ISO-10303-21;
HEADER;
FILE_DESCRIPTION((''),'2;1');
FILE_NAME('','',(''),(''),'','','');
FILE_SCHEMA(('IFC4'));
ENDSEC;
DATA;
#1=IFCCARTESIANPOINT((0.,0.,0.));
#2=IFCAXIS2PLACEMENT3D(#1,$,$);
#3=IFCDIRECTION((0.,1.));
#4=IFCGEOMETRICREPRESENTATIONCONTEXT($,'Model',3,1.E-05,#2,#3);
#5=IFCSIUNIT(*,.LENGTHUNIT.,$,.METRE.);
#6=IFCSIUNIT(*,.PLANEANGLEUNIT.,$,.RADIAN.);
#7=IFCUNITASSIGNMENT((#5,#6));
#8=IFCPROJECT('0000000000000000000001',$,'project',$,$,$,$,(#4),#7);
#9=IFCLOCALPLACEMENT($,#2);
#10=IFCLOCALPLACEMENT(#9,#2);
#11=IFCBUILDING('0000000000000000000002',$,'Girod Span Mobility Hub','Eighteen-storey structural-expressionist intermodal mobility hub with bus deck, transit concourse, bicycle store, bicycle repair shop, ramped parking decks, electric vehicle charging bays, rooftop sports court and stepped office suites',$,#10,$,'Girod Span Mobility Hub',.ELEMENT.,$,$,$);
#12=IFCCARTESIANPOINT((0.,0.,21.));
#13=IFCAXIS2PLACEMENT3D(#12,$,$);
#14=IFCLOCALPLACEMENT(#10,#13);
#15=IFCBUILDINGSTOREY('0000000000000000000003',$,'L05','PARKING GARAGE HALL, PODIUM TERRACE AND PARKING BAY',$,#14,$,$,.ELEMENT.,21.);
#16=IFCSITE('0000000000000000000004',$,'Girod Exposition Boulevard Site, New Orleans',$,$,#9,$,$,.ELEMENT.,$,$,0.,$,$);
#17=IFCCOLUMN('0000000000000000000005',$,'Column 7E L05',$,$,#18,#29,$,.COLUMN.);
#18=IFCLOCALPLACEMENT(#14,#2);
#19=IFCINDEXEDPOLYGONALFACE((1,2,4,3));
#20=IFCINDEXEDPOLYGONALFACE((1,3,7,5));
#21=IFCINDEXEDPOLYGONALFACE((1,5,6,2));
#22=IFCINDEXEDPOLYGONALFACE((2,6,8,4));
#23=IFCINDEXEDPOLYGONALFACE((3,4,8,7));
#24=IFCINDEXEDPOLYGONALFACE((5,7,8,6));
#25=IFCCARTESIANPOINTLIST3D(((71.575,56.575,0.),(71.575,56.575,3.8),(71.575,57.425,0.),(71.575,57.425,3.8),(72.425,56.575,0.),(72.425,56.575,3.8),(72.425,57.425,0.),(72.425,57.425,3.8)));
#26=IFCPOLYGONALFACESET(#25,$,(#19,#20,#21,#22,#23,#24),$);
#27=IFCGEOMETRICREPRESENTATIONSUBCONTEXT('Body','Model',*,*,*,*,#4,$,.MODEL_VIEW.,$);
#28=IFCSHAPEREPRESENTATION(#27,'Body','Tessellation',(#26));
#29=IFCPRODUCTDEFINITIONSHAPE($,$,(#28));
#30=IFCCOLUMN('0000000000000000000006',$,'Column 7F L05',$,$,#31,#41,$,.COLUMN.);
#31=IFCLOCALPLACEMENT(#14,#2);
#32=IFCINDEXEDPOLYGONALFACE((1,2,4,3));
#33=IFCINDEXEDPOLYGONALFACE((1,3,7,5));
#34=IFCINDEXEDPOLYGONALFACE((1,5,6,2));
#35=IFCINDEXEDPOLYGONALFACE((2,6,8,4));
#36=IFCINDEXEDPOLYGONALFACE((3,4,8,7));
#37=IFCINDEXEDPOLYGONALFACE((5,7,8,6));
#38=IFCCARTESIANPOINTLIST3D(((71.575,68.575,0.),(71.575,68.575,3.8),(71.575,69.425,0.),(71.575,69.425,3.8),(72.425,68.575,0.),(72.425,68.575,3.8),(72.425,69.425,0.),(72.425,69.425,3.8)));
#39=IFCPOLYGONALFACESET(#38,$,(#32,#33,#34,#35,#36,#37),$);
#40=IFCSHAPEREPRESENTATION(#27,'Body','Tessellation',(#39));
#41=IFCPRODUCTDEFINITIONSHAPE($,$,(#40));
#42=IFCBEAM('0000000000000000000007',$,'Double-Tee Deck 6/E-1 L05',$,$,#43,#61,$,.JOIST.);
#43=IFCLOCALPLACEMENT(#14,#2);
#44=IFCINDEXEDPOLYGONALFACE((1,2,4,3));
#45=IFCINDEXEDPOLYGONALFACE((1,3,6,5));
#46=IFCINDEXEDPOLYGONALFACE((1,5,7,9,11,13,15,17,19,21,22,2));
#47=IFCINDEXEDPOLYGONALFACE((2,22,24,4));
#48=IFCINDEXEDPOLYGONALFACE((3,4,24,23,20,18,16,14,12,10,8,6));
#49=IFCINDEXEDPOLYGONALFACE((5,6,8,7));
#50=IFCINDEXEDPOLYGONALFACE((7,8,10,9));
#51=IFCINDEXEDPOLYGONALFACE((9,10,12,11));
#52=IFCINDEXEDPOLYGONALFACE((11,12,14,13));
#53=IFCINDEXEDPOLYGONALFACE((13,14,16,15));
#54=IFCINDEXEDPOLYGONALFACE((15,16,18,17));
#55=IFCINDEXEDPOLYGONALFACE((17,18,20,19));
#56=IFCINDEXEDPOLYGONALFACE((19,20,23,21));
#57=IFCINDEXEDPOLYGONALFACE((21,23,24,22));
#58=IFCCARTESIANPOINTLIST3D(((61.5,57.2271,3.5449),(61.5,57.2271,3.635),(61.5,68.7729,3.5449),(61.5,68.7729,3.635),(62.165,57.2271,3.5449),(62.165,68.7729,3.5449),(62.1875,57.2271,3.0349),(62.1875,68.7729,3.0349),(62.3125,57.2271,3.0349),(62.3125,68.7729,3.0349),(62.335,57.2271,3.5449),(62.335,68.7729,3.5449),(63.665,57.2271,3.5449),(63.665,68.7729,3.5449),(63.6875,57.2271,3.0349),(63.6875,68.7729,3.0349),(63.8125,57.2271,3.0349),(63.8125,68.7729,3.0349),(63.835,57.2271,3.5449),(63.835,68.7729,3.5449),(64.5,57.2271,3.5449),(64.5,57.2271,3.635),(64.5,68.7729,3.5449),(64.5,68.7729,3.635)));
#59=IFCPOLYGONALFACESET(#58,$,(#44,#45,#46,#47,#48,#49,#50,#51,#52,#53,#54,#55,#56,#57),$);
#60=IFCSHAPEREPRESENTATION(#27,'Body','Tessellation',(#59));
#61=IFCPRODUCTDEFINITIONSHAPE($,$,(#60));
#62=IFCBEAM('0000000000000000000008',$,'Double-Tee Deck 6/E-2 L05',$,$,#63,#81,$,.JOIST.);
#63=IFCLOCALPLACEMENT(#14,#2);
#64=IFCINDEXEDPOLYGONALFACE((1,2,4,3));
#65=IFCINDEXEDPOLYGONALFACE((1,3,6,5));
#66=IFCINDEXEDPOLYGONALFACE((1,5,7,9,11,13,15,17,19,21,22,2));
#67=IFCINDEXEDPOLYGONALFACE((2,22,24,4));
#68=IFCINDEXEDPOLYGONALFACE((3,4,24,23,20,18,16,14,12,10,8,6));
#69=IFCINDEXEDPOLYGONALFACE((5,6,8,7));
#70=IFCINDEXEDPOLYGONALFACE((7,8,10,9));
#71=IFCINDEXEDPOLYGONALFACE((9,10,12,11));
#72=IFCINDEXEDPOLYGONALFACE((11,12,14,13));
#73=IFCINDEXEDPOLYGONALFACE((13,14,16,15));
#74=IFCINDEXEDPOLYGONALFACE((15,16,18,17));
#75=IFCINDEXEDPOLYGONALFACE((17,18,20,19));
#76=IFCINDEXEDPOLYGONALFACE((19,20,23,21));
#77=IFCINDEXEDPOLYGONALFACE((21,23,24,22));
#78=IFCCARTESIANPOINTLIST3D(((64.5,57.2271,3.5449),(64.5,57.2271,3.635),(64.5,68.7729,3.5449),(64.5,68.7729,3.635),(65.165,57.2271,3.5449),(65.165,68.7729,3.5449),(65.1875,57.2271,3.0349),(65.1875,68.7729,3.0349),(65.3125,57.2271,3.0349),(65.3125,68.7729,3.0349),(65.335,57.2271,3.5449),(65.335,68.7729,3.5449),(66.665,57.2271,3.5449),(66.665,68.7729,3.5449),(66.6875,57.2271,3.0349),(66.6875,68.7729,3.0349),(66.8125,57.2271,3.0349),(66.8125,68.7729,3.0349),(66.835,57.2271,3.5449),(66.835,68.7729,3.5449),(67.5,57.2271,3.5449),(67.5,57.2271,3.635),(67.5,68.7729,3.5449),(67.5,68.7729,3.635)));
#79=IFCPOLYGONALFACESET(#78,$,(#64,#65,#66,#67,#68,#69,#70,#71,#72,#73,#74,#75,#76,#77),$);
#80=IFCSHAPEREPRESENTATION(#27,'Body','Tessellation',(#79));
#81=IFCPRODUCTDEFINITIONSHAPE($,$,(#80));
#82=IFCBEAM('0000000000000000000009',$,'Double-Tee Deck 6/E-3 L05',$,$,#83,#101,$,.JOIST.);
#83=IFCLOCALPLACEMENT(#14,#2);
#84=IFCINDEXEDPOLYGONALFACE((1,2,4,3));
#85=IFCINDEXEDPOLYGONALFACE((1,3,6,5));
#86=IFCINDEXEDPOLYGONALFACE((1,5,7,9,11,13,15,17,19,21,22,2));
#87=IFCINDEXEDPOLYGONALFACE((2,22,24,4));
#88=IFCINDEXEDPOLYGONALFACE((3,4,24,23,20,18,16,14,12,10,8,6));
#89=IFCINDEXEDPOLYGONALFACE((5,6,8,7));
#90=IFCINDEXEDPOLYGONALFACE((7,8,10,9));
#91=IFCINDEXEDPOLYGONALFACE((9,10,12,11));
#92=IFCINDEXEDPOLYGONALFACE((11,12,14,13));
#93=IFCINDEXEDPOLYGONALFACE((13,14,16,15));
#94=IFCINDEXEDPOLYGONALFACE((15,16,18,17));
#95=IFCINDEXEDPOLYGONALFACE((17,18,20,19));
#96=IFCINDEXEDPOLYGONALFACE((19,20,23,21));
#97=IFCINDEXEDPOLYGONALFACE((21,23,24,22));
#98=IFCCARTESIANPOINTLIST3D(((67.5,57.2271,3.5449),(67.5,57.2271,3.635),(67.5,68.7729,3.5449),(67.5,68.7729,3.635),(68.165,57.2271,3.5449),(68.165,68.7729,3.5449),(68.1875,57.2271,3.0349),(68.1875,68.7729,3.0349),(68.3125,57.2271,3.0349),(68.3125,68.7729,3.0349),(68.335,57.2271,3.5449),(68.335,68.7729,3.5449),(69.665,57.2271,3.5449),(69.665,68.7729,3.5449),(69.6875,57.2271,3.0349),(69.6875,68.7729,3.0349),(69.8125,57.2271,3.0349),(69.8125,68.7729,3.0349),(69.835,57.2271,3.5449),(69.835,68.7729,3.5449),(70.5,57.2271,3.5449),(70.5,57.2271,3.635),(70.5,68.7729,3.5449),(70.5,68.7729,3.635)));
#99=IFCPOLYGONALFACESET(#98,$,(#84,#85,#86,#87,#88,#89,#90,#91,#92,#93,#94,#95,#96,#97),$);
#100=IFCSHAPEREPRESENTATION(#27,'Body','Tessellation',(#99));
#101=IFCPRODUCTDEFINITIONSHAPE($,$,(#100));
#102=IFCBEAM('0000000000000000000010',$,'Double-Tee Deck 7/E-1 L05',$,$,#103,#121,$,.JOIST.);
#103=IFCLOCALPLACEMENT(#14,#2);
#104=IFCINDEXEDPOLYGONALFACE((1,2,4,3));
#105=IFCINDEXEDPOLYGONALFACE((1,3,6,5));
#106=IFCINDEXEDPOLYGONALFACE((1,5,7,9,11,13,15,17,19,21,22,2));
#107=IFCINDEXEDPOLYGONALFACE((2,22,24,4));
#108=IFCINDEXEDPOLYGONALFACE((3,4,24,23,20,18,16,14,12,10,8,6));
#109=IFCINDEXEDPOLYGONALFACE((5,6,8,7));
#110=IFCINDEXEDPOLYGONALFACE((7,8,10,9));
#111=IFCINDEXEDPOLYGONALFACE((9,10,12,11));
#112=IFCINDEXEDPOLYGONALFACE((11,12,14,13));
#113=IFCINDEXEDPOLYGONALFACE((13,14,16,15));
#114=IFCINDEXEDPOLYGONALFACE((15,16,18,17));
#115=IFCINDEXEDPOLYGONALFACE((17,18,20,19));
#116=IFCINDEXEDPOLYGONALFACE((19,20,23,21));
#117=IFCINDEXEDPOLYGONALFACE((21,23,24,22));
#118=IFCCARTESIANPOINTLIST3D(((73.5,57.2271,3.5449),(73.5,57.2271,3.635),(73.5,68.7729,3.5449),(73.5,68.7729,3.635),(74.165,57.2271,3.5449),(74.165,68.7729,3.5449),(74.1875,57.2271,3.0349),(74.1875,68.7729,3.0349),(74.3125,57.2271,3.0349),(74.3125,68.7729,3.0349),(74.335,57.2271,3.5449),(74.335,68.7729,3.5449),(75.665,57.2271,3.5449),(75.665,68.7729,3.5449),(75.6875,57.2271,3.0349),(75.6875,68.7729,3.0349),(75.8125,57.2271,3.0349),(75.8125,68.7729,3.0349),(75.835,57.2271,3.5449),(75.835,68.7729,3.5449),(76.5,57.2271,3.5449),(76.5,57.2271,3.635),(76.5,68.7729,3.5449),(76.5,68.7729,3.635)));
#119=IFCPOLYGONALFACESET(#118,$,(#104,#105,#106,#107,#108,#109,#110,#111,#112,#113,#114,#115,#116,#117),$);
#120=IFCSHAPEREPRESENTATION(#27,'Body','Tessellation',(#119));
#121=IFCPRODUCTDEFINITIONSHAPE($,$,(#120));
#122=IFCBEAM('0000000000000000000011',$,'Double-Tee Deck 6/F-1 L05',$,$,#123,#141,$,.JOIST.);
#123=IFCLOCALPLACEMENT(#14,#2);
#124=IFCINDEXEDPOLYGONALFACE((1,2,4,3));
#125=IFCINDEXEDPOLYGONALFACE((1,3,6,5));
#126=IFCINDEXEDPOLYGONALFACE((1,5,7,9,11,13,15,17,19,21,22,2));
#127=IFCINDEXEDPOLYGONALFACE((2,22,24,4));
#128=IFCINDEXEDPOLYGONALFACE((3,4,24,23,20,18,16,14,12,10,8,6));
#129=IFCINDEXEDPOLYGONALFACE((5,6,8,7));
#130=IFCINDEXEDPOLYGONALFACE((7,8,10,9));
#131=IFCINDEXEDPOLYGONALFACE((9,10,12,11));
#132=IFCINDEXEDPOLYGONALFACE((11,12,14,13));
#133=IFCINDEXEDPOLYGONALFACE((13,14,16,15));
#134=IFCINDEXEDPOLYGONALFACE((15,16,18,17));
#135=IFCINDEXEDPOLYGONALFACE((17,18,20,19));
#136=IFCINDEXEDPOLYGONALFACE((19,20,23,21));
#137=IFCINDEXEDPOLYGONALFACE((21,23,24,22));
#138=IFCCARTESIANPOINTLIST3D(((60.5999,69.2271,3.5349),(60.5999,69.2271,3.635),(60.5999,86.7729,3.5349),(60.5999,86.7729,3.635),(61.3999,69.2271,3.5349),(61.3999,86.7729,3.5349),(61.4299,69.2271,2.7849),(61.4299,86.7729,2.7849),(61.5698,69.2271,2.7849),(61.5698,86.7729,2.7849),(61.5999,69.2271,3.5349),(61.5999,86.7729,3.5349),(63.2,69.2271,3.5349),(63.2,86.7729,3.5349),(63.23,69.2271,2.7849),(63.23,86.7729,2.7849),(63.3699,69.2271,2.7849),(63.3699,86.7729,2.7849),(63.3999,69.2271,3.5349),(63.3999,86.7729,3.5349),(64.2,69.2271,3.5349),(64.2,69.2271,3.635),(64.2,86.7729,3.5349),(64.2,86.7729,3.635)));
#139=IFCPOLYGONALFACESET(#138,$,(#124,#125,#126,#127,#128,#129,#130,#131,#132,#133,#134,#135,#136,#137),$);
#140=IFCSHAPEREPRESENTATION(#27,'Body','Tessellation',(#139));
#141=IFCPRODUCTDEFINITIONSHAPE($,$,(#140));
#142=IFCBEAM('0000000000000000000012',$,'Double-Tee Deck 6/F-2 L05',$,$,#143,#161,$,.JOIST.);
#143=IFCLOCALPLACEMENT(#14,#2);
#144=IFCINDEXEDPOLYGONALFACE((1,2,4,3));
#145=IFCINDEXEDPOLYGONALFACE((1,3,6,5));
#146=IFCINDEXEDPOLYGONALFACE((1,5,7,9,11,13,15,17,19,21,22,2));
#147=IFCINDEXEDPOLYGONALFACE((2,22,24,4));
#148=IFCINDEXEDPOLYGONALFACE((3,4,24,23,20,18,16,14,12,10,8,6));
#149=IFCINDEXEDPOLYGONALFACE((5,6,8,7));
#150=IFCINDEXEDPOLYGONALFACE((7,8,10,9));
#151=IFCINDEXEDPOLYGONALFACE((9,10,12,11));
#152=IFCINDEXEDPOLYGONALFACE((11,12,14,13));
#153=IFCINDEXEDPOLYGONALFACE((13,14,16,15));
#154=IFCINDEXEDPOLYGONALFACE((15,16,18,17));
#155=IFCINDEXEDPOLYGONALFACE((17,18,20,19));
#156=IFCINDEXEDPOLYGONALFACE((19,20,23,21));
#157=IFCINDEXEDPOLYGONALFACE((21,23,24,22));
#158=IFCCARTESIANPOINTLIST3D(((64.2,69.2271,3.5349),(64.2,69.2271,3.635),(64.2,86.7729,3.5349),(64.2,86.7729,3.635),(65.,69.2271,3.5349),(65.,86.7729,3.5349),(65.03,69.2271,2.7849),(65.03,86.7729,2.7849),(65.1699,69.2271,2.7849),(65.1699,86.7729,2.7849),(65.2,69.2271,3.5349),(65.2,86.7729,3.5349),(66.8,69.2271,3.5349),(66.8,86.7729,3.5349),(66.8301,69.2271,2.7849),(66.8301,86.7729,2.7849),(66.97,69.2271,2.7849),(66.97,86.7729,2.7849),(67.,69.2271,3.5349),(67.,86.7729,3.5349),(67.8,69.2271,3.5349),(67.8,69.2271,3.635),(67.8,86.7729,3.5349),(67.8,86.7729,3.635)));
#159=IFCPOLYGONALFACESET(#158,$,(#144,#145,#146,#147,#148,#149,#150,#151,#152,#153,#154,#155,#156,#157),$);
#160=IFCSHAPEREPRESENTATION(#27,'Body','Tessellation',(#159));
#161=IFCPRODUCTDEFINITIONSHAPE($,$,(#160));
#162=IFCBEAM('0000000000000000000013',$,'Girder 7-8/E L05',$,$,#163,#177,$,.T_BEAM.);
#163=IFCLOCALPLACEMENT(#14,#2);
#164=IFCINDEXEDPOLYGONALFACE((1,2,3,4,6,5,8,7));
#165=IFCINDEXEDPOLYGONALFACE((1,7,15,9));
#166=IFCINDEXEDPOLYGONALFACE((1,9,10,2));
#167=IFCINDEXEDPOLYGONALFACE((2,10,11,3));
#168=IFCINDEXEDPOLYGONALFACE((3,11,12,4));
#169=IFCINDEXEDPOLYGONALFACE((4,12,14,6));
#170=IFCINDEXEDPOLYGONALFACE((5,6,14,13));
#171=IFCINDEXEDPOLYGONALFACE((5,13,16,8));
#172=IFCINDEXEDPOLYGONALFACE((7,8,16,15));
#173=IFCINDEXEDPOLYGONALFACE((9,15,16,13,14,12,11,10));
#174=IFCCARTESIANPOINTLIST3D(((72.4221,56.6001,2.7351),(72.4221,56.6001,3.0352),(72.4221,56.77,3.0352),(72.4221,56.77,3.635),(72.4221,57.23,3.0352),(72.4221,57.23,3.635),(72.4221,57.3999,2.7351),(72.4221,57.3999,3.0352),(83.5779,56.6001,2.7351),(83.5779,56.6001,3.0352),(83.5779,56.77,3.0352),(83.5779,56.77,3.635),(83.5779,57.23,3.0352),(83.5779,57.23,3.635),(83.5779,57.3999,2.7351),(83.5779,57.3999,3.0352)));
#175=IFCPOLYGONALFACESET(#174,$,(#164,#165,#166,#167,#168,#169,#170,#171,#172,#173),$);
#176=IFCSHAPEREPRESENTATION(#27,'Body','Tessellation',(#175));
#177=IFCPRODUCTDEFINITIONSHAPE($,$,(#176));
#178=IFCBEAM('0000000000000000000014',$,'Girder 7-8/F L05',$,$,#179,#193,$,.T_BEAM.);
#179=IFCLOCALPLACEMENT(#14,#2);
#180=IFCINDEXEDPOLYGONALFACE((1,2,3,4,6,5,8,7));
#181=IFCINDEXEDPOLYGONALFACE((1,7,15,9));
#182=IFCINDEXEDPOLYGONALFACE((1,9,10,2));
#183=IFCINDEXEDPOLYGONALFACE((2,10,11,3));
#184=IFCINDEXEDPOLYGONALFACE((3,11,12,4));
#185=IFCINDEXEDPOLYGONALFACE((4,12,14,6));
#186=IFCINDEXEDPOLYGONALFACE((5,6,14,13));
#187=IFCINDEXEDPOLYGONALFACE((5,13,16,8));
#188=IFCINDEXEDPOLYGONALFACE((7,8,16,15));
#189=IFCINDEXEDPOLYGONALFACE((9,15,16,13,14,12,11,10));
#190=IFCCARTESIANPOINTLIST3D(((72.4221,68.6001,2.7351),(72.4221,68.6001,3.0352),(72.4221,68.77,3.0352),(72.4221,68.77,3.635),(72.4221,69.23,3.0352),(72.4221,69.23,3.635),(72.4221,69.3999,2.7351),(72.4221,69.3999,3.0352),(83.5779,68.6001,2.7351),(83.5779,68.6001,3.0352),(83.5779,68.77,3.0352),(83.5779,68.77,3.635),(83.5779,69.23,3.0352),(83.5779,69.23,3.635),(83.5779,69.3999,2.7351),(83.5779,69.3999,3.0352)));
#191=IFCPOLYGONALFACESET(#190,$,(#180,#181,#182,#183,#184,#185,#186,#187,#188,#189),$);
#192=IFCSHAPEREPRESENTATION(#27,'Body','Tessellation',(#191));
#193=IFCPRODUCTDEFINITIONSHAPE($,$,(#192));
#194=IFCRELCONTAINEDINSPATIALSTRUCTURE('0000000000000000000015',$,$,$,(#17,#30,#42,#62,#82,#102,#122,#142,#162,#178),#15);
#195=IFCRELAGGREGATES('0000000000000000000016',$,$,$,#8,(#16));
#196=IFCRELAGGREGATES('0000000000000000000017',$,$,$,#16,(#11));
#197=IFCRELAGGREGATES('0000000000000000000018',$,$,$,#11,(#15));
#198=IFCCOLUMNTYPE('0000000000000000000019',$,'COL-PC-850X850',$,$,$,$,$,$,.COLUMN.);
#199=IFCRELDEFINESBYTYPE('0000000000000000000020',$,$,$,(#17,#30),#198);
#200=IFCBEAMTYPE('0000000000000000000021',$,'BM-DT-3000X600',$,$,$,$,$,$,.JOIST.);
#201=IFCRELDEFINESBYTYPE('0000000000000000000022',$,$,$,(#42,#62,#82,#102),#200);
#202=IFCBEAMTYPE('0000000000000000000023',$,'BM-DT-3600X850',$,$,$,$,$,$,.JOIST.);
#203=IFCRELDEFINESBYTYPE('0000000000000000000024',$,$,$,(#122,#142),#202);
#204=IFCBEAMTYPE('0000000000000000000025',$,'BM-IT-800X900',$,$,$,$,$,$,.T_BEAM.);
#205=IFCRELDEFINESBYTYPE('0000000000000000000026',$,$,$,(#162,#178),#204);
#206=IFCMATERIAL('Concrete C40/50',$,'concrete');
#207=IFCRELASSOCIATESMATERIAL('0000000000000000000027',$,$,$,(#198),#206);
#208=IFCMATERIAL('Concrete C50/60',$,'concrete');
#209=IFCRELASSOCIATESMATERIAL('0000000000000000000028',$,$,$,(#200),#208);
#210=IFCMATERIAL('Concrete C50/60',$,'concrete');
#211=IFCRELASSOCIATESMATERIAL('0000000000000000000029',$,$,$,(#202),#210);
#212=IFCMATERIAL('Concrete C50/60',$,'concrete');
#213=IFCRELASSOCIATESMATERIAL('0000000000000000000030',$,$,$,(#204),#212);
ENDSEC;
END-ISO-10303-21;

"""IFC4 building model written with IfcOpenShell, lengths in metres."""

from ifc_helpers import new_model, si_unit, direction, frame, origin, origin_2d, place, context, subcontext, project, spatial, polyline, rectangle, outline, extrude, material, material_profile, profile_set, type_object, element, save


model = new_model("IFC4")

# Units and contexts
model_context = context("Model", 3, precision=1e-05, world=origin(), true_north=direction((0.0, 1.0)))
body_context = subcontext(model_context, "Body", "Model", "MODEL_VIEW")
ifc_project = project(units=[si_unit("LENGTHUNIT", "METRE"), si_unit("PLANEANGLEUNIT", "RADIAN")], contexts=[model_context])

# Site, building, storey
site_placement = place(None, origin())
site = spatial("IfcSite", under=ifc_project, at=site_placement, Name="Girod Exposition Boulevard Site, New Orleans", CompositionType="ELEMENT", RefElevation=0.0)
building_placement = place(site_placement, origin())
building = spatial("IfcBuilding", under=site, at=building_placement, Name="Girod Span Mobility Hub", Description="Eighteen-storey structural-expressionist intermodal mobility hub with bus deck, transit concourse, bicycle store, bicycle repair shop, ramped parking decks, electric vehicle charging bays, rooftop sports court and stepped office suites", LongName="Girod Span Mobility Hub", CompositionType="ELEMENT")
storey_placement = place(building_placement, frame((0.0, 0.0, 21.0)))
storey = spatial("IfcBuildingStorey", under=building, at=storey_placement, Name="L05", Description="PARKING GARAGE HALL, PODIUM TERRACE AND PARKING BAY", CompositionType="ELEMENT", Elevation=21.0)

# Columns
ifc_material_1 = material(Name="Concrete C40/50", Category="concrete")
ifc_material_profile_1 = material_profile(ifc_material_1, rectangle(XDim=0.8501, YDim=0.8501, at=origin_2d()), Name="PC-COL-850X850")
ifc_profile_set_1 = profile_set([ifc_material_profile_1], Name="Concrete C40/50")
column_type = type_object("IfcColumnType", Name="COL-PC-850X850", PredefinedType="COLUMN", material=ifc_profile_set_1)
for number, where, z_axis, x_axis, name in (
    (1, (72.0, 57.0, 0.0), (0.0, 0.0, 1.0), (1.0, 0.0, 0.0), "Column 7E L05"),
    (2, (72.0, 69.0, 0.0), (0.0, 0.0, 1.0), (1.0, 0.0, 0.0), "Column 7F L05"),
):
    element("IfcColumn", number, at=place(storey_placement, frame(where, z_axis=z_axis, x_axis=x_axis)), inside=storey, type_object=column_type, Name=name, PredefinedType="COLUMN", context=body_context, shape_type="SweptSolid", body=[
        extrude(rectangle(XDim=0.8501, YDim=0.8501, at=origin_2d()), origin(), (0.0, 0.0, 1.0), 3.8),
    ])

# Beams
ifc_material_2 = material(Name="Concrete C50/60", Category="concrete")
ifc_material_profile_2 = material_profile(ifc_material_2, outline(polyline([(-1.5, 0.3), (-1.5, 0.21), (-0.835, 0.21), (-0.8125, -0.3), (-0.6875, -0.3), (-0.665, 0.21), (0.665, 0.21), (0.6875, -0.3), (0.8125, -0.3), (0.835, 0.21), (1.5, 0.21), (1.5, 0.3), (-1.5, 0.3)])), Name="DT-3000X600")
ifc_profile_set_2 = profile_set([ifc_material_profile_2], Name="Concrete C50/60")
beam_type_1 = type_object("IfcBeamType", Name="BM-DT-3000X600", PredefinedType="JOIST", material=ifc_profile_set_2)
for number, where, z_axis, x_axis, name in (
    (3, (63.0, 57.2271, 3.335), (0.0, 1.0, 0.0), (-1.0, 0.0, 0.0), "Double-Tee Deck 6/E-1 L05"),
    (4, (66.0, 57.2271, 3.335), (0.0, 1.0, 0.0), (-1.0, 0.0, 0.0), "Double-Tee Deck 6/E-2 L05"),
    (5, (69.0, 57.2271, 3.335), (0.0, 1.0, 0.0), (-1.0, 0.0, 0.0), "Double-Tee Deck 6/E-3 L05"),
    (6, (75.0, 57.2271, 3.335), (0.0, 1.0, 0.0), (-1.0, 0.0, 0.0), "Double-Tee Deck 7/E-1 L05"),
):
    element("IfcBeam", number, at=place(storey_placement, frame(where, z_axis=z_axis, x_axis=x_axis)), inside=storey, type_object=beam_type_1, Name=name, PredefinedType="JOIST", context=body_context, shape_type="SweptSolid", body=[
        extrude(outline(polyline([(-1.5, 0.3), (-1.5, 0.21), (-0.835, 0.21), (-0.8125, -0.3), (-0.6875, -0.3), (-0.665, 0.21), (0.665, 0.21), (0.6875, -0.3), (0.8125, -0.3), (0.835, 0.21), (1.5, 0.21), (1.5, 0.3), (-1.5, 0.3)])), origin(), (0.0, 0.0, 1.0), 11.5459),
    ])
ifc_material_3 = material(Name="Concrete C50/60", Category="concrete")
ifc_material_profile_3 = material_profile(ifc_material_3, outline(polyline([(-1.8, 0.425), (-1.8, 0.325), (-1.0, 0.325), (-0.97, -0.425), (-0.8301, -0.425), (-0.8, 0.325), (0.8, 0.325), (0.8301, -0.425), (0.97, -0.425), (1.0, 0.325), (1.8, 0.325), (1.8, 0.425), (-1.8, 0.425)])), Name="DT-3600X850")
ifc_profile_set_3 = profile_set([ifc_material_profile_3], Name="Concrete C50/60")
beam_type_2 = type_object("IfcBeamType", Name="BM-DT-3600X850", PredefinedType="JOIST", material=ifc_profile_set_3)
for number, where, z_axis, x_axis, name in (
    (7, (62.3999, 69.2271, 3.21), (0.0, 1.0, 0.0), (-1.0, 0.0, 0.0), "Double-Tee Deck 6/F-1 L05"),
    (8, (66.0, 69.2271, 3.21), (0.0, 1.0, 0.0), (-1.0, 0.0, 0.0), "Double-Tee Deck 6/F-2 L05"),
):
    element("IfcBeam", number, at=place(storey_placement, frame(where, z_axis=z_axis, x_axis=x_axis)), inside=storey, type_object=beam_type_2, Name=name, PredefinedType="JOIST", context=body_context, shape_type="SweptSolid", body=[
        extrude(outline(polyline([(-1.8, 0.425), (-1.8, 0.325), (-1.0, 0.325), (-0.97, -0.425), (-0.8301, -0.425), (-0.8, 0.325), (0.8, 0.325), (0.8301, -0.425), (0.97, -0.425), (1.0, 0.325), (1.8, 0.325), (1.8, 0.425), (-1.8, 0.425)])), origin(), (0.0, 0.0, 1.0), 17.5459),
    ])
ifc_material_4 = material(Name="Concrete C50/60", Category="concrete")
ifc_material_profile_4 = material_profile(ifc_material_4, outline(polyline([(-0.3999, -0.45), (0.3999, -0.45), (0.3999, -0.1499), (0.23, -0.1499), (0.23, 0.45), (-0.23, 0.45), (-0.23, -0.1499), (-0.3999, -0.1499), (-0.3999, -0.45)])), Name="IT-800X900")
ifc_profile_set_4 = profile_set([ifc_material_profile_4], Name="Concrete C50/60")
beam_type_3 = type_object("IfcBeamType", Name="BM-IT-800X900", PredefinedType="T_BEAM", material=ifc_profile_set_4)
for number, where, z_axis, x_axis, name in (
    (9, (72.4221, 57.0, 3.1851), (1.0, 0.0, 0.0), (0.0, 1.0, 0.0), "Girder 7-8/E L05"),
    (10, (72.4221, 69.0, 3.1851), (1.0, 0.0, 0.0), (0.0, 1.0, 0.0), "Girder 7-8/F L05"),
):
    element("IfcBeam", number, at=place(storey_placement, frame(where, z_axis=z_axis, x_axis=x_axis)), inside=storey, type_object=beam_type_3, Name=name, PredefinedType="T_BEAM", context=body_context, shape_type="SweptSolid", body=[
        extrude(outline(polyline([(-0.3999, -0.45), (0.3999, -0.45), (0.3999, -0.1499), (0.23, -0.1499), (0.23, 0.45), (-0.23, 0.45), (-0.23, -0.1499), (-0.3999, -0.1499), (-0.3999, -0.45)])), origin(), (0.0, 0.0, 1.0), 11.1558),
    ])

save(model, "model.ifc")
